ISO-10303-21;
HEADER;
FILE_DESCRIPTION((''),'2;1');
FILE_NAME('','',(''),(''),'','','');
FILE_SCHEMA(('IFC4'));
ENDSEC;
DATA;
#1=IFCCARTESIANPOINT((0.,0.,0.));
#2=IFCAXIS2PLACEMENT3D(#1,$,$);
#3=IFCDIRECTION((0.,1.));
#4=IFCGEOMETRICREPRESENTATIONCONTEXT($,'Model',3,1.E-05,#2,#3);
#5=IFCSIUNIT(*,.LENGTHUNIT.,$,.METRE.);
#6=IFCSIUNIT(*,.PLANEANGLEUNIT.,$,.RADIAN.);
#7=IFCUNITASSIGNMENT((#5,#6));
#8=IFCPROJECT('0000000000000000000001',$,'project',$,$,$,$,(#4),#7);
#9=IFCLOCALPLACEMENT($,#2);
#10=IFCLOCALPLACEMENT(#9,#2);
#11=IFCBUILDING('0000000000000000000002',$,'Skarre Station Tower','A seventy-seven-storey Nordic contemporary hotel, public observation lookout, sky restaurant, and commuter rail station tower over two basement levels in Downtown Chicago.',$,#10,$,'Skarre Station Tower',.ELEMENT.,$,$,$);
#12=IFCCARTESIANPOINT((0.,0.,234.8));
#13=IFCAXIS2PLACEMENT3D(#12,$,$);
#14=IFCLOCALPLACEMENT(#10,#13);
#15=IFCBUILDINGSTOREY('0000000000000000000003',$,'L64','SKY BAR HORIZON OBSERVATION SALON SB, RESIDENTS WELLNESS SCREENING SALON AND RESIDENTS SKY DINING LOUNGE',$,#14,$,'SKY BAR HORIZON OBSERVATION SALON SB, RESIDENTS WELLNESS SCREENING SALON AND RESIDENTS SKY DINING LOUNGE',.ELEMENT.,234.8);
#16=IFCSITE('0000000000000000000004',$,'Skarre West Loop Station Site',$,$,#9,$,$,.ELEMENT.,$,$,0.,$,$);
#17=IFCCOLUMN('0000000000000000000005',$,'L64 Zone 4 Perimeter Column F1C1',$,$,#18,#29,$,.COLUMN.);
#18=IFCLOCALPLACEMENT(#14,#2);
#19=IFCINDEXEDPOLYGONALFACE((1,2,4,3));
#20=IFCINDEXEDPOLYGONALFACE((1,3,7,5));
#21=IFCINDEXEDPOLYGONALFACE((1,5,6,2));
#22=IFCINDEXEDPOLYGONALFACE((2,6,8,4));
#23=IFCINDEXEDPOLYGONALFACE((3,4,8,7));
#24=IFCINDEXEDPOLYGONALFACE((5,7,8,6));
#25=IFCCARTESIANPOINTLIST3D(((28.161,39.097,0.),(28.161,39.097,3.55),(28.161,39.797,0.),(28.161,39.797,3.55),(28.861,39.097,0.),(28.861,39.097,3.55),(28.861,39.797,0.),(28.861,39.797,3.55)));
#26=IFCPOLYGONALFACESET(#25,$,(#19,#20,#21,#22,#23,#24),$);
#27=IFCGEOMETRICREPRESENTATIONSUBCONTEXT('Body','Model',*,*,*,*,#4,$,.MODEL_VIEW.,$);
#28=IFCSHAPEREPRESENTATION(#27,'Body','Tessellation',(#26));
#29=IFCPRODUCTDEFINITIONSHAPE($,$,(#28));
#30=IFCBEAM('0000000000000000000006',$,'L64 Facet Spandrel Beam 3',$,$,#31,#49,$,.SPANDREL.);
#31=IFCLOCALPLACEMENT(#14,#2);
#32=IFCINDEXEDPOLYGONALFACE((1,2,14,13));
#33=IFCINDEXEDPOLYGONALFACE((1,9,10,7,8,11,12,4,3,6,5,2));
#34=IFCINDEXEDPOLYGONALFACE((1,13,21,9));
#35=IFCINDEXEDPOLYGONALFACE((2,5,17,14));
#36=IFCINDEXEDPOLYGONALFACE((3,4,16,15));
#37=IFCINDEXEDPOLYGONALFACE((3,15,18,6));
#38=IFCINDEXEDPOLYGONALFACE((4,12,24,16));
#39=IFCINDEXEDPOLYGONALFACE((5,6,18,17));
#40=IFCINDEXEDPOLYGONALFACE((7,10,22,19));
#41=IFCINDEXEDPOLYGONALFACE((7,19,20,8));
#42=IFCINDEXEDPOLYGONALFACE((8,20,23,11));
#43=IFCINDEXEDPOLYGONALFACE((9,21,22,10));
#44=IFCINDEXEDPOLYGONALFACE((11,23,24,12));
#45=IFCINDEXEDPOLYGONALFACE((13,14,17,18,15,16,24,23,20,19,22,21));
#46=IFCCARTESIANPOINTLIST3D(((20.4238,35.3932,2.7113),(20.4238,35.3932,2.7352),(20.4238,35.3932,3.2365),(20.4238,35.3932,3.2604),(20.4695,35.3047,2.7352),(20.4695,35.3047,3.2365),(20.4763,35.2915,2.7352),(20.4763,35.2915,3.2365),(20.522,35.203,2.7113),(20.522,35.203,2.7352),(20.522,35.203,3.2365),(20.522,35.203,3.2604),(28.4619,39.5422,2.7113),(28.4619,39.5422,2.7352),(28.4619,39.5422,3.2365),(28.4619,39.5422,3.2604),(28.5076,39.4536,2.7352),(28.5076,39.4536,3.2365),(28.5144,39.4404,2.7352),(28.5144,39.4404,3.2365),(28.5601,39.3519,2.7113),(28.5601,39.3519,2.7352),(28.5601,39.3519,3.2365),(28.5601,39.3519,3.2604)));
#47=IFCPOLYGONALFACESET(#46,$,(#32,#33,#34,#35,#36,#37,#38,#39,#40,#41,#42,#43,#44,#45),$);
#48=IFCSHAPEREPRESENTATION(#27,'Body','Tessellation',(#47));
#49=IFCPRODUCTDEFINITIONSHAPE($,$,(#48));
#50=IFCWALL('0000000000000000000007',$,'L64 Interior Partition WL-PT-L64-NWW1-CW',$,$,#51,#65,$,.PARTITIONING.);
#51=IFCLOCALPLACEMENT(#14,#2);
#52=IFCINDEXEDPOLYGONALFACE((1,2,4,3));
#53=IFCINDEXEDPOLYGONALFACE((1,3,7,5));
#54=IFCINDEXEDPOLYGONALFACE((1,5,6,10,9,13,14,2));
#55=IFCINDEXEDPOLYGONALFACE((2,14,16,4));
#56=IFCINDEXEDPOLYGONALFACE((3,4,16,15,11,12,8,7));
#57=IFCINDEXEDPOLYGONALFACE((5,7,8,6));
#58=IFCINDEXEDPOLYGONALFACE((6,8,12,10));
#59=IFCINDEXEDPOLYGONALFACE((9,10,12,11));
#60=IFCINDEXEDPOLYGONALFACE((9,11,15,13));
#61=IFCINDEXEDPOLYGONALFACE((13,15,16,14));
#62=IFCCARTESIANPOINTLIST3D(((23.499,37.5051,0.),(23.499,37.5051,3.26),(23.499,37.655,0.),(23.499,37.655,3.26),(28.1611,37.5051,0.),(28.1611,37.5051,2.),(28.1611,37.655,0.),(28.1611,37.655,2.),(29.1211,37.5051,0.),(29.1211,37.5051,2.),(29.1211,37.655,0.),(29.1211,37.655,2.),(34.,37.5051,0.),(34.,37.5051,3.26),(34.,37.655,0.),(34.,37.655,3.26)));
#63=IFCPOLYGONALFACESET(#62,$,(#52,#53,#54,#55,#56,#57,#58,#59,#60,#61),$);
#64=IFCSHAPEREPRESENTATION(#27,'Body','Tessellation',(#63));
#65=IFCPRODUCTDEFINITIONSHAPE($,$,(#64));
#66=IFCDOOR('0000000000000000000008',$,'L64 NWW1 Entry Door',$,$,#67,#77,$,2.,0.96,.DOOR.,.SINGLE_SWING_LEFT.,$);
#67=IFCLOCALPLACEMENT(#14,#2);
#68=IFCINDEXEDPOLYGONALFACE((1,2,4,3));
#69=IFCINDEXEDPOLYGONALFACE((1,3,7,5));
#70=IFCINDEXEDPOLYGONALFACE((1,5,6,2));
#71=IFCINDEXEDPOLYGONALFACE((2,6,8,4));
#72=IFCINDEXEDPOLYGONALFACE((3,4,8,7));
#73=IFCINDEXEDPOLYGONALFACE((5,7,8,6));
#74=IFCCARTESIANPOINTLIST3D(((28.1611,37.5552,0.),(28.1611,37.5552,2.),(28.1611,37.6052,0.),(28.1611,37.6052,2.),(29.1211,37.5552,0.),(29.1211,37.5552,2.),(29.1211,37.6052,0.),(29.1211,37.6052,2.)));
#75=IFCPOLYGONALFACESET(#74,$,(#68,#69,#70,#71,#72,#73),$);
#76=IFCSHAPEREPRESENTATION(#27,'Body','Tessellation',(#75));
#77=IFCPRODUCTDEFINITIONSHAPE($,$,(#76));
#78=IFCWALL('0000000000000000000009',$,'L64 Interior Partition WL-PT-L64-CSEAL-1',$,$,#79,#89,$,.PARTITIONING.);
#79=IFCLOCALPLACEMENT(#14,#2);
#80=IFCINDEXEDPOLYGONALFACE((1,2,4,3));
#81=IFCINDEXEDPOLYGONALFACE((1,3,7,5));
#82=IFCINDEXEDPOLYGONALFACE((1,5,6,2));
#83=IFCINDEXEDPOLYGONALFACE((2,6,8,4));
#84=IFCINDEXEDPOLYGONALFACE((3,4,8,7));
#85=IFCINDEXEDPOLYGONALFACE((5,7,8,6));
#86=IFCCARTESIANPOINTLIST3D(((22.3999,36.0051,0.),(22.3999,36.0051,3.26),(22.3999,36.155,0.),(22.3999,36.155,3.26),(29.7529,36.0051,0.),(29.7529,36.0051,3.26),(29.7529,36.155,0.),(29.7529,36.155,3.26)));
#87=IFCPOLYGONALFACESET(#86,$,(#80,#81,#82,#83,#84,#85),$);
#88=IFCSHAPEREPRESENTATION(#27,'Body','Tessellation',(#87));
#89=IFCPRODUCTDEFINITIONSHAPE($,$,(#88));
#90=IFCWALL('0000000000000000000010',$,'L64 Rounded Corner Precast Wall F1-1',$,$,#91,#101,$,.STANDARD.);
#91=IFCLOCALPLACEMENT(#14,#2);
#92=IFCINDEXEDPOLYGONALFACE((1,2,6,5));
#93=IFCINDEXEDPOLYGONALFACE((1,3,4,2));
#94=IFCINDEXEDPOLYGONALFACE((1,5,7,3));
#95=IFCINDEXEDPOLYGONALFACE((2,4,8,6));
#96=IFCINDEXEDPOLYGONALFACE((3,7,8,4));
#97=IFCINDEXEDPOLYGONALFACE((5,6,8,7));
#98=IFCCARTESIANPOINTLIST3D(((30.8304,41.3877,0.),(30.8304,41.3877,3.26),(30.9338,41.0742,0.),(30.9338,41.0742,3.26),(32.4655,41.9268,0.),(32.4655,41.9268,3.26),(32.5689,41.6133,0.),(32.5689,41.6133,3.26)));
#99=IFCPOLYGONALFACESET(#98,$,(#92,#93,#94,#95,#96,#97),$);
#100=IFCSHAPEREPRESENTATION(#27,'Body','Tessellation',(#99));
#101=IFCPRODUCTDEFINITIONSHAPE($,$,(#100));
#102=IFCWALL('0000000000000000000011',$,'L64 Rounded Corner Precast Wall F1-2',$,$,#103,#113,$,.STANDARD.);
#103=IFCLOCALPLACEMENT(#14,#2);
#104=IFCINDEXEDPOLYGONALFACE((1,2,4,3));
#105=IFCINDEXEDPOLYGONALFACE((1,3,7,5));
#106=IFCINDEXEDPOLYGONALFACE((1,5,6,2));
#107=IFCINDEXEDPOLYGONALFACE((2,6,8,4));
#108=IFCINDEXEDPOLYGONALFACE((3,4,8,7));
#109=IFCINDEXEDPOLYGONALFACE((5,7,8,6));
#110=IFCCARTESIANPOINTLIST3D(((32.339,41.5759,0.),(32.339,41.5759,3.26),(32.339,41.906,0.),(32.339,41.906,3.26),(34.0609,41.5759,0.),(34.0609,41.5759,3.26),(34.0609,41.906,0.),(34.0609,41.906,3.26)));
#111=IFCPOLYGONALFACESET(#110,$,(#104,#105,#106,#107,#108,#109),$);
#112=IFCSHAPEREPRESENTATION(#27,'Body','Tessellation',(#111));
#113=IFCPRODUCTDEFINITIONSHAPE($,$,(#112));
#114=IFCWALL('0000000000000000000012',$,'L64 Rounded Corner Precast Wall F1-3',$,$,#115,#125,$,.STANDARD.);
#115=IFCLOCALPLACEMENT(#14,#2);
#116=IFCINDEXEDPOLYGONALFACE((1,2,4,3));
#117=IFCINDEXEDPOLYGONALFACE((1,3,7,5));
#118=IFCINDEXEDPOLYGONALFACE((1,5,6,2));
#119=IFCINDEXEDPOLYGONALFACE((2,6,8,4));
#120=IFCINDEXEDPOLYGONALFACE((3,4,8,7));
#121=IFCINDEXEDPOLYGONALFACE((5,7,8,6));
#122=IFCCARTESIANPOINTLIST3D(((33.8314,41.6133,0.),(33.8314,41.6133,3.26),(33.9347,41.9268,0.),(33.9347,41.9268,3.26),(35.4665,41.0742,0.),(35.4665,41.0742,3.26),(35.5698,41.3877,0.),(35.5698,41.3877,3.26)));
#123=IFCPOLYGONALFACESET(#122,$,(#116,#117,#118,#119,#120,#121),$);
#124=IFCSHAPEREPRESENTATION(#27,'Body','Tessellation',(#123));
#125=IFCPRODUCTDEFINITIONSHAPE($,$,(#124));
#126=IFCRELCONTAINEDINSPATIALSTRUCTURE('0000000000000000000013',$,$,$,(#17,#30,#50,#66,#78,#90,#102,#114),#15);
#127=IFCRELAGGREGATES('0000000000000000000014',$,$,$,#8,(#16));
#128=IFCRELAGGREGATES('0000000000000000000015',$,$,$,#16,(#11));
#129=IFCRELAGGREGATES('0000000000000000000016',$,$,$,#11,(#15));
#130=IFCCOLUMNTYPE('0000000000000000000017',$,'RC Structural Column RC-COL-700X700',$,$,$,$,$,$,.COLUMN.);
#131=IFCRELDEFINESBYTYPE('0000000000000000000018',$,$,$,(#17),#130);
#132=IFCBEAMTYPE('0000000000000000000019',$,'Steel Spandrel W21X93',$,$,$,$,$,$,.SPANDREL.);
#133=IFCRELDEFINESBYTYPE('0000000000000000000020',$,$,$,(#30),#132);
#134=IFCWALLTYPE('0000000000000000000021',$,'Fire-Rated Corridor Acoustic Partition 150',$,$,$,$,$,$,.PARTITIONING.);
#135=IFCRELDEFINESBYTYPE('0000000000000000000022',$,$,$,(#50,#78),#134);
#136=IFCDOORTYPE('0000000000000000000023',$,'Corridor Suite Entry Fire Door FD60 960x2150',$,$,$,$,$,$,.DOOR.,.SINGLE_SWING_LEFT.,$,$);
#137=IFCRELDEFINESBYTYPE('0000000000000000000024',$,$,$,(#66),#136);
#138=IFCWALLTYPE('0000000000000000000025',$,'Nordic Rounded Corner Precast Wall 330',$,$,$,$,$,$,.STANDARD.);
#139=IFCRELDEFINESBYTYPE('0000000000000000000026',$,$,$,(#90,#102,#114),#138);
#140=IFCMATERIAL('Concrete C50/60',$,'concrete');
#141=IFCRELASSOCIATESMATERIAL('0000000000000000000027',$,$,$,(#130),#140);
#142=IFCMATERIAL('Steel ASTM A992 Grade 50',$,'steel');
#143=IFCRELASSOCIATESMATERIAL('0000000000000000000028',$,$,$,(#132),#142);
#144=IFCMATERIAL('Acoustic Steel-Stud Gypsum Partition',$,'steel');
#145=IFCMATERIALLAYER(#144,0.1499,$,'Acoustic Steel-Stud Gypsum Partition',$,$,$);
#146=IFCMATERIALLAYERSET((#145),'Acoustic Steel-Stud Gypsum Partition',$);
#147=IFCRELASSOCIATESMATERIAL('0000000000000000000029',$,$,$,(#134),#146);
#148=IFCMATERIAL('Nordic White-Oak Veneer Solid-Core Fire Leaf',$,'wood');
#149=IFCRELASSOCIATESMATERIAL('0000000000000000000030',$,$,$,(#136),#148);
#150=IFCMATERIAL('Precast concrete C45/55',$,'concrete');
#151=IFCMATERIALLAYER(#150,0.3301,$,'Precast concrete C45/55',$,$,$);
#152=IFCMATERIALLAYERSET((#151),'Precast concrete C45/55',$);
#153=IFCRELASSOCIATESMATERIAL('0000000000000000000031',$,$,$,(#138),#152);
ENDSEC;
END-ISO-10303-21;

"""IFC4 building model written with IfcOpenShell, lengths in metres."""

from ifc_helpers import new_model, si_unit, direction, frame, frame_2d, origin, origin_2d, place, context, subcontext, project, spatial, rectangle, i_section, extrude, material, layer, layer_set, material_profile, profile_set, type_object, element, fill, save


model = new_model("IFC4")

# Units and contexts
model_context = context("Model", 3, precision=1e-05, world=origin(), true_north=direction((0.0, 1.0)))
body_context = subcontext(model_context, "Body", "Model", "MODEL_VIEW")
ifc_project = project(units=[si_unit("LENGTHUNIT", "METRE"), si_unit("PLANEANGLEUNIT", "RADIAN")], contexts=[model_context])

# Site, building, storey
site_placement = place(None, origin())
site = spatial("IfcSite", under=ifc_project, at=site_placement, Name="Skarre West Loop Station Site", CompositionType="ELEMENT", RefElevation=0.0)
building_placement = place(site_placement, origin())
building = spatial("IfcBuilding", under=site, at=building_placement, Name="Skarre Station Tower", Description="A seventy-seven-storey Nordic contemporary hotel, public observation lookout, sky restaurant, and commuter rail station tower over two basement levels in Downtown Chicago.", LongName="Skarre Station Tower", CompositionType="ELEMENT")
storey_placement = place(building_placement, frame((0.0, 0.0, 234.8)))
storey = spatial("IfcBuildingStorey", under=building, at=storey_placement, Name="L64", Description="SKY BAR HORIZON OBSERVATION SALON SB, RESIDENTS WELLNESS SCREENING SALON AND RESIDENTS SKY DINING LOUNGE", LongName="SKY BAR HORIZON OBSERVATION SALON SB, RESIDENTS WELLNESS SCREENING SALON AND RESIDENTS SKY DINING LOUNGE", CompositionType="ELEMENT", Elevation=234.8)

# Column
ifc_material_1 = material(Name="Concrete C50/60", Category="concrete")
ifc_material_profile_1 = material_profile(ifc_material_1, rectangle(XDim=0.7, YDim=0.7, at=origin_2d()), Name="Concrete C50/60")
ifc_profile_set_1 = profile_set([ifc_material_profile_1], Name="Concrete C50/60")
column_type = type_object("IfcColumnType", Name="RC Structural Column RC-COL-700X700", PredefinedType="COLUMN", material=ifc_profile_set_1)
column_placement = place(storey_placement, frame((28.511, 39.447, 0.0), z_axis=(0.0, 0.0, 1.0), x_axis=(1.0, 0.0, 0.0)))
element("IfcColumn", 1, at=column_placement, inside=storey, type_object=column_type, Name="L64 Zone 4 Perimeter Column F1C1", PredefinedType="COLUMN", context=body_context, shape_type="SweptSolid", body=[
    extrude(rectangle(XDim=0.7, YDim=0.7, at=origin_2d()), origin(), (0.0, 0.0, 1.0), 3.55),
])

# Beam
ifc_material_2 = material(Name="Steel ASTM A992 Grade 50", Category="steel")
ifc_material_profile_2 = material_profile(ifc_material_2, i_section(OverallWidth=0.2141, OverallDepth=0.5491, WebThickness=0.0149, FlangeThickness=0.0239, at=origin_2d()), Name="Steel ASTM A992 Grade 50")
ifc_profile_set_2 = profile_set([ifc_material_profile_2], Name="Steel ASTM A992 Grade 50")
beam_type = type_object("IfcBeamType", Name="Steel Spandrel W21X93", PredefinedType="SPANDREL", material=ifc_profile_set_2)
beam_placement = place(storey_placement, frame((28.511, 39.447, 2.9858), z_axis=(-0.88861, -0.458664, 0.0), x_axis=(0.458664, -0.88861, 0.0)))
element("IfcBeam", 2, at=beam_placement, inside=storey, type_object=beam_type, Name="L64 Facet Spandrel Beam 3", PredefinedType="SPANDREL", context=body_context, shape_type="SweptSolid", body=[
    extrude(i_section(OverallWidth=0.2141, OverallDepth=0.5491, WebThickness=0.0149, FlangeThickness=0.0239, at=origin_2d()), origin(), (0.0, 0.0, 1.0), 9.0457),
])

# Wall, opening, door
ifc_material_3 = material(Name="Acoustic Steel-Stud Gypsum Partition", Category="steel")
ifc_layer_1 = layer(ifc_material_3, 0.1499, Name="Acoustic Steel-Stud Gypsum Partition")
ifc_layer_set_1 = layer_set([ifc_layer_1], Name="Acoustic Steel-Stud Gypsum Partition")
wall_type_1 = type_object("IfcWallType", Name="Fire-Rated Corridor Acoustic Partition 150", PredefinedType="PARTITIONING", material=ifc_layer_set_1)
wall_1_placement = place(storey_placement, frame((34.0, 37.5801, 0.0), z_axis=(0.0, 0.0, 1.0), x_axis=(-1.0, 0.0, 0.0)))
wall_1 = element("IfcWall", 3, at=wall_1_placement, inside=storey, type_object=wall_type_1, Name="L64 Interior Partition WL-PT-L64-NWW1-CW", PredefinedType="PARTITIONING", context=body_context, shape_type="SweptSolid", body=[
    extrude(rectangle(XDim=10.501, YDim=0.1499, at=frame_2d((5.2505, 0.0))), origin(), (0.0, 0.0, 1.0), 3.26),
])
opening_1_placement = place(wall_1_placement, frame((4.8789, 0.0, 0.0)))
opening_1 = element("IfcOpeningElement", 4, at=opening_1_placement, cuts=wall_1, PredefinedType="OPENING", context=body_context, shape_type="SweptSolid", body=[
    extrude(rectangle(XDim=0.96, YDim=2.0, at=frame_2d((0.48, 1.0))), frame((0.0, 0.085, 0.0), z_axis=(0.0, -1.0, 0.0), x_axis=(1.0, 0.0, 0.0)), (0.0, 0.0, 1.0), 0.1699),
])
ifc_material_4 = material(Name="Nordic White-Oak Veneer Solid-Core Fire Leaf", Category="wood")
door_type = type_object("IfcDoorType", Name="Corridor Suite Entry Fire Door FD60 960x2150", OperationType="SINGLE_SWING_LEFT", PredefinedType="DOOR", material=ifc_material_4)
door_placement = place(opening_1_placement, origin())
door = element("IfcDoor", 5, at=door_placement, inside=storey, type_object=door_type, Name="L64 NWW1 Entry Door", OperationType="SINGLE_SWING_LEFT", OverallHeight=2.0, OverallWidth=0.96, PredefinedType="DOOR", context=body_context, shape_type="SweptSolid", body=[
    extrude(rectangle(XDim=0.96, YDim=2.0, at=frame_2d((0.48, 1.0))), frame((0.0, 0.0249, 0.0), z_axis=(0.0, -1.0, 0.0), x_axis=(1.0, 0.0, 0.0)), (0.0, 0.0, 1.0), 0.05),
])
fill(opening_1, door)

# Walls
wall_2_placement = place(storey_placement, frame((29.7529, 36.0801, 0.0), z_axis=(0.0, 0.0, 1.0), x_axis=(-1.0, 0.0, 0.0)))
element("IfcWall", 6, at=wall_2_placement, inside=storey, type_object=wall_type_1, Name="L64 Interior Partition WL-PT-L64-CSEAL-1", PredefinedType="PARTITIONING", context=body_context, shape_type="SweptSolid", body=[
    extrude(rectangle(XDim=7.353, YDim=0.1499, at=frame_2d((3.6765, 0.0))), origin(), (0.0, 0.0, 1.0), 3.26),
])
ifc_material_5 = material(Name="Precast concrete C45/55", Category="concrete")
ifc_layer_2 = layer(ifc_material_5, 0.3301, Name="Precast concrete C45/55")
ifc_layer_set_2 = layer_set([ifc_layer_2], Name="Precast concrete C45/55")
wall_type_2 = type_object("IfcWallType", Name="Nordic Rounded Corner Precast Wall 330", PredefinedType="STANDARD", material=ifc_layer_set_2)
wall_3_placement = place(storey_placement, frame((30.8821, 41.231, 0.0), z_axis=(0.0, 0.0, 1.0), x_axis=(0.949713, 0.31312, 0.0)))
element("IfcWall", 7, at=wall_3_placement, inside=storey, type_object=wall_type_2, Name="L64 Rounded Corner Precast Wall F1-1", PredefinedType="STANDARD", context=body_context, shape_type="SweptSolid", body=[
    extrude(rectangle(XDim=1.7217, YDim=0.3301, at=frame_2d((0.8608, 0.0))), origin(), (0.0, 0.0, 1.0), 3.26),
])
wall_4_placement = place(storey_placement, frame((32.3391, 41.741, 0.0), z_axis=(0.0, 0.0, 1.0), x_axis=(1.0, 0.0, 0.0)))
element("IfcWall", 8, at=wall_4_placement, inside=storey, type_object=wall_type_2, Name="L64 Rounded Corner Precast Wall F1-2", PredefinedType="STANDARD", context=body_context, shape_type="SweptSolid", body=[
    extrude(rectangle(XDim=1.7219, YDim=0.3301, at=frame_2d((0.8608, 0.0))), origin(), (0.0, 0.0, 1.0), 3.26),
])
wall_5_placement = place(storey_placement, frame((33.8831, 41.77, 0.0), z_axis=(0.0, 0.0, 1.0), x_axis=(0.949713, -0.31312, 0.0)))
element("IfcWall", 9, at=wall_5_placement, inside=storey, type_object=wall_type_2, Name="L64 Rounded Corner Precast Wall F1-3", PredefinedType="STANDARD", context=body_context, shape_type="SweptSolid", body=[
    extrude(rectangle(XDim=1.7217, YDim=0.3301, at=frame_2d((0.8608, 0.0))), origin(), (0.0, 0.0, 1.0), 3.26),
])

save(model, "model.ifc")
